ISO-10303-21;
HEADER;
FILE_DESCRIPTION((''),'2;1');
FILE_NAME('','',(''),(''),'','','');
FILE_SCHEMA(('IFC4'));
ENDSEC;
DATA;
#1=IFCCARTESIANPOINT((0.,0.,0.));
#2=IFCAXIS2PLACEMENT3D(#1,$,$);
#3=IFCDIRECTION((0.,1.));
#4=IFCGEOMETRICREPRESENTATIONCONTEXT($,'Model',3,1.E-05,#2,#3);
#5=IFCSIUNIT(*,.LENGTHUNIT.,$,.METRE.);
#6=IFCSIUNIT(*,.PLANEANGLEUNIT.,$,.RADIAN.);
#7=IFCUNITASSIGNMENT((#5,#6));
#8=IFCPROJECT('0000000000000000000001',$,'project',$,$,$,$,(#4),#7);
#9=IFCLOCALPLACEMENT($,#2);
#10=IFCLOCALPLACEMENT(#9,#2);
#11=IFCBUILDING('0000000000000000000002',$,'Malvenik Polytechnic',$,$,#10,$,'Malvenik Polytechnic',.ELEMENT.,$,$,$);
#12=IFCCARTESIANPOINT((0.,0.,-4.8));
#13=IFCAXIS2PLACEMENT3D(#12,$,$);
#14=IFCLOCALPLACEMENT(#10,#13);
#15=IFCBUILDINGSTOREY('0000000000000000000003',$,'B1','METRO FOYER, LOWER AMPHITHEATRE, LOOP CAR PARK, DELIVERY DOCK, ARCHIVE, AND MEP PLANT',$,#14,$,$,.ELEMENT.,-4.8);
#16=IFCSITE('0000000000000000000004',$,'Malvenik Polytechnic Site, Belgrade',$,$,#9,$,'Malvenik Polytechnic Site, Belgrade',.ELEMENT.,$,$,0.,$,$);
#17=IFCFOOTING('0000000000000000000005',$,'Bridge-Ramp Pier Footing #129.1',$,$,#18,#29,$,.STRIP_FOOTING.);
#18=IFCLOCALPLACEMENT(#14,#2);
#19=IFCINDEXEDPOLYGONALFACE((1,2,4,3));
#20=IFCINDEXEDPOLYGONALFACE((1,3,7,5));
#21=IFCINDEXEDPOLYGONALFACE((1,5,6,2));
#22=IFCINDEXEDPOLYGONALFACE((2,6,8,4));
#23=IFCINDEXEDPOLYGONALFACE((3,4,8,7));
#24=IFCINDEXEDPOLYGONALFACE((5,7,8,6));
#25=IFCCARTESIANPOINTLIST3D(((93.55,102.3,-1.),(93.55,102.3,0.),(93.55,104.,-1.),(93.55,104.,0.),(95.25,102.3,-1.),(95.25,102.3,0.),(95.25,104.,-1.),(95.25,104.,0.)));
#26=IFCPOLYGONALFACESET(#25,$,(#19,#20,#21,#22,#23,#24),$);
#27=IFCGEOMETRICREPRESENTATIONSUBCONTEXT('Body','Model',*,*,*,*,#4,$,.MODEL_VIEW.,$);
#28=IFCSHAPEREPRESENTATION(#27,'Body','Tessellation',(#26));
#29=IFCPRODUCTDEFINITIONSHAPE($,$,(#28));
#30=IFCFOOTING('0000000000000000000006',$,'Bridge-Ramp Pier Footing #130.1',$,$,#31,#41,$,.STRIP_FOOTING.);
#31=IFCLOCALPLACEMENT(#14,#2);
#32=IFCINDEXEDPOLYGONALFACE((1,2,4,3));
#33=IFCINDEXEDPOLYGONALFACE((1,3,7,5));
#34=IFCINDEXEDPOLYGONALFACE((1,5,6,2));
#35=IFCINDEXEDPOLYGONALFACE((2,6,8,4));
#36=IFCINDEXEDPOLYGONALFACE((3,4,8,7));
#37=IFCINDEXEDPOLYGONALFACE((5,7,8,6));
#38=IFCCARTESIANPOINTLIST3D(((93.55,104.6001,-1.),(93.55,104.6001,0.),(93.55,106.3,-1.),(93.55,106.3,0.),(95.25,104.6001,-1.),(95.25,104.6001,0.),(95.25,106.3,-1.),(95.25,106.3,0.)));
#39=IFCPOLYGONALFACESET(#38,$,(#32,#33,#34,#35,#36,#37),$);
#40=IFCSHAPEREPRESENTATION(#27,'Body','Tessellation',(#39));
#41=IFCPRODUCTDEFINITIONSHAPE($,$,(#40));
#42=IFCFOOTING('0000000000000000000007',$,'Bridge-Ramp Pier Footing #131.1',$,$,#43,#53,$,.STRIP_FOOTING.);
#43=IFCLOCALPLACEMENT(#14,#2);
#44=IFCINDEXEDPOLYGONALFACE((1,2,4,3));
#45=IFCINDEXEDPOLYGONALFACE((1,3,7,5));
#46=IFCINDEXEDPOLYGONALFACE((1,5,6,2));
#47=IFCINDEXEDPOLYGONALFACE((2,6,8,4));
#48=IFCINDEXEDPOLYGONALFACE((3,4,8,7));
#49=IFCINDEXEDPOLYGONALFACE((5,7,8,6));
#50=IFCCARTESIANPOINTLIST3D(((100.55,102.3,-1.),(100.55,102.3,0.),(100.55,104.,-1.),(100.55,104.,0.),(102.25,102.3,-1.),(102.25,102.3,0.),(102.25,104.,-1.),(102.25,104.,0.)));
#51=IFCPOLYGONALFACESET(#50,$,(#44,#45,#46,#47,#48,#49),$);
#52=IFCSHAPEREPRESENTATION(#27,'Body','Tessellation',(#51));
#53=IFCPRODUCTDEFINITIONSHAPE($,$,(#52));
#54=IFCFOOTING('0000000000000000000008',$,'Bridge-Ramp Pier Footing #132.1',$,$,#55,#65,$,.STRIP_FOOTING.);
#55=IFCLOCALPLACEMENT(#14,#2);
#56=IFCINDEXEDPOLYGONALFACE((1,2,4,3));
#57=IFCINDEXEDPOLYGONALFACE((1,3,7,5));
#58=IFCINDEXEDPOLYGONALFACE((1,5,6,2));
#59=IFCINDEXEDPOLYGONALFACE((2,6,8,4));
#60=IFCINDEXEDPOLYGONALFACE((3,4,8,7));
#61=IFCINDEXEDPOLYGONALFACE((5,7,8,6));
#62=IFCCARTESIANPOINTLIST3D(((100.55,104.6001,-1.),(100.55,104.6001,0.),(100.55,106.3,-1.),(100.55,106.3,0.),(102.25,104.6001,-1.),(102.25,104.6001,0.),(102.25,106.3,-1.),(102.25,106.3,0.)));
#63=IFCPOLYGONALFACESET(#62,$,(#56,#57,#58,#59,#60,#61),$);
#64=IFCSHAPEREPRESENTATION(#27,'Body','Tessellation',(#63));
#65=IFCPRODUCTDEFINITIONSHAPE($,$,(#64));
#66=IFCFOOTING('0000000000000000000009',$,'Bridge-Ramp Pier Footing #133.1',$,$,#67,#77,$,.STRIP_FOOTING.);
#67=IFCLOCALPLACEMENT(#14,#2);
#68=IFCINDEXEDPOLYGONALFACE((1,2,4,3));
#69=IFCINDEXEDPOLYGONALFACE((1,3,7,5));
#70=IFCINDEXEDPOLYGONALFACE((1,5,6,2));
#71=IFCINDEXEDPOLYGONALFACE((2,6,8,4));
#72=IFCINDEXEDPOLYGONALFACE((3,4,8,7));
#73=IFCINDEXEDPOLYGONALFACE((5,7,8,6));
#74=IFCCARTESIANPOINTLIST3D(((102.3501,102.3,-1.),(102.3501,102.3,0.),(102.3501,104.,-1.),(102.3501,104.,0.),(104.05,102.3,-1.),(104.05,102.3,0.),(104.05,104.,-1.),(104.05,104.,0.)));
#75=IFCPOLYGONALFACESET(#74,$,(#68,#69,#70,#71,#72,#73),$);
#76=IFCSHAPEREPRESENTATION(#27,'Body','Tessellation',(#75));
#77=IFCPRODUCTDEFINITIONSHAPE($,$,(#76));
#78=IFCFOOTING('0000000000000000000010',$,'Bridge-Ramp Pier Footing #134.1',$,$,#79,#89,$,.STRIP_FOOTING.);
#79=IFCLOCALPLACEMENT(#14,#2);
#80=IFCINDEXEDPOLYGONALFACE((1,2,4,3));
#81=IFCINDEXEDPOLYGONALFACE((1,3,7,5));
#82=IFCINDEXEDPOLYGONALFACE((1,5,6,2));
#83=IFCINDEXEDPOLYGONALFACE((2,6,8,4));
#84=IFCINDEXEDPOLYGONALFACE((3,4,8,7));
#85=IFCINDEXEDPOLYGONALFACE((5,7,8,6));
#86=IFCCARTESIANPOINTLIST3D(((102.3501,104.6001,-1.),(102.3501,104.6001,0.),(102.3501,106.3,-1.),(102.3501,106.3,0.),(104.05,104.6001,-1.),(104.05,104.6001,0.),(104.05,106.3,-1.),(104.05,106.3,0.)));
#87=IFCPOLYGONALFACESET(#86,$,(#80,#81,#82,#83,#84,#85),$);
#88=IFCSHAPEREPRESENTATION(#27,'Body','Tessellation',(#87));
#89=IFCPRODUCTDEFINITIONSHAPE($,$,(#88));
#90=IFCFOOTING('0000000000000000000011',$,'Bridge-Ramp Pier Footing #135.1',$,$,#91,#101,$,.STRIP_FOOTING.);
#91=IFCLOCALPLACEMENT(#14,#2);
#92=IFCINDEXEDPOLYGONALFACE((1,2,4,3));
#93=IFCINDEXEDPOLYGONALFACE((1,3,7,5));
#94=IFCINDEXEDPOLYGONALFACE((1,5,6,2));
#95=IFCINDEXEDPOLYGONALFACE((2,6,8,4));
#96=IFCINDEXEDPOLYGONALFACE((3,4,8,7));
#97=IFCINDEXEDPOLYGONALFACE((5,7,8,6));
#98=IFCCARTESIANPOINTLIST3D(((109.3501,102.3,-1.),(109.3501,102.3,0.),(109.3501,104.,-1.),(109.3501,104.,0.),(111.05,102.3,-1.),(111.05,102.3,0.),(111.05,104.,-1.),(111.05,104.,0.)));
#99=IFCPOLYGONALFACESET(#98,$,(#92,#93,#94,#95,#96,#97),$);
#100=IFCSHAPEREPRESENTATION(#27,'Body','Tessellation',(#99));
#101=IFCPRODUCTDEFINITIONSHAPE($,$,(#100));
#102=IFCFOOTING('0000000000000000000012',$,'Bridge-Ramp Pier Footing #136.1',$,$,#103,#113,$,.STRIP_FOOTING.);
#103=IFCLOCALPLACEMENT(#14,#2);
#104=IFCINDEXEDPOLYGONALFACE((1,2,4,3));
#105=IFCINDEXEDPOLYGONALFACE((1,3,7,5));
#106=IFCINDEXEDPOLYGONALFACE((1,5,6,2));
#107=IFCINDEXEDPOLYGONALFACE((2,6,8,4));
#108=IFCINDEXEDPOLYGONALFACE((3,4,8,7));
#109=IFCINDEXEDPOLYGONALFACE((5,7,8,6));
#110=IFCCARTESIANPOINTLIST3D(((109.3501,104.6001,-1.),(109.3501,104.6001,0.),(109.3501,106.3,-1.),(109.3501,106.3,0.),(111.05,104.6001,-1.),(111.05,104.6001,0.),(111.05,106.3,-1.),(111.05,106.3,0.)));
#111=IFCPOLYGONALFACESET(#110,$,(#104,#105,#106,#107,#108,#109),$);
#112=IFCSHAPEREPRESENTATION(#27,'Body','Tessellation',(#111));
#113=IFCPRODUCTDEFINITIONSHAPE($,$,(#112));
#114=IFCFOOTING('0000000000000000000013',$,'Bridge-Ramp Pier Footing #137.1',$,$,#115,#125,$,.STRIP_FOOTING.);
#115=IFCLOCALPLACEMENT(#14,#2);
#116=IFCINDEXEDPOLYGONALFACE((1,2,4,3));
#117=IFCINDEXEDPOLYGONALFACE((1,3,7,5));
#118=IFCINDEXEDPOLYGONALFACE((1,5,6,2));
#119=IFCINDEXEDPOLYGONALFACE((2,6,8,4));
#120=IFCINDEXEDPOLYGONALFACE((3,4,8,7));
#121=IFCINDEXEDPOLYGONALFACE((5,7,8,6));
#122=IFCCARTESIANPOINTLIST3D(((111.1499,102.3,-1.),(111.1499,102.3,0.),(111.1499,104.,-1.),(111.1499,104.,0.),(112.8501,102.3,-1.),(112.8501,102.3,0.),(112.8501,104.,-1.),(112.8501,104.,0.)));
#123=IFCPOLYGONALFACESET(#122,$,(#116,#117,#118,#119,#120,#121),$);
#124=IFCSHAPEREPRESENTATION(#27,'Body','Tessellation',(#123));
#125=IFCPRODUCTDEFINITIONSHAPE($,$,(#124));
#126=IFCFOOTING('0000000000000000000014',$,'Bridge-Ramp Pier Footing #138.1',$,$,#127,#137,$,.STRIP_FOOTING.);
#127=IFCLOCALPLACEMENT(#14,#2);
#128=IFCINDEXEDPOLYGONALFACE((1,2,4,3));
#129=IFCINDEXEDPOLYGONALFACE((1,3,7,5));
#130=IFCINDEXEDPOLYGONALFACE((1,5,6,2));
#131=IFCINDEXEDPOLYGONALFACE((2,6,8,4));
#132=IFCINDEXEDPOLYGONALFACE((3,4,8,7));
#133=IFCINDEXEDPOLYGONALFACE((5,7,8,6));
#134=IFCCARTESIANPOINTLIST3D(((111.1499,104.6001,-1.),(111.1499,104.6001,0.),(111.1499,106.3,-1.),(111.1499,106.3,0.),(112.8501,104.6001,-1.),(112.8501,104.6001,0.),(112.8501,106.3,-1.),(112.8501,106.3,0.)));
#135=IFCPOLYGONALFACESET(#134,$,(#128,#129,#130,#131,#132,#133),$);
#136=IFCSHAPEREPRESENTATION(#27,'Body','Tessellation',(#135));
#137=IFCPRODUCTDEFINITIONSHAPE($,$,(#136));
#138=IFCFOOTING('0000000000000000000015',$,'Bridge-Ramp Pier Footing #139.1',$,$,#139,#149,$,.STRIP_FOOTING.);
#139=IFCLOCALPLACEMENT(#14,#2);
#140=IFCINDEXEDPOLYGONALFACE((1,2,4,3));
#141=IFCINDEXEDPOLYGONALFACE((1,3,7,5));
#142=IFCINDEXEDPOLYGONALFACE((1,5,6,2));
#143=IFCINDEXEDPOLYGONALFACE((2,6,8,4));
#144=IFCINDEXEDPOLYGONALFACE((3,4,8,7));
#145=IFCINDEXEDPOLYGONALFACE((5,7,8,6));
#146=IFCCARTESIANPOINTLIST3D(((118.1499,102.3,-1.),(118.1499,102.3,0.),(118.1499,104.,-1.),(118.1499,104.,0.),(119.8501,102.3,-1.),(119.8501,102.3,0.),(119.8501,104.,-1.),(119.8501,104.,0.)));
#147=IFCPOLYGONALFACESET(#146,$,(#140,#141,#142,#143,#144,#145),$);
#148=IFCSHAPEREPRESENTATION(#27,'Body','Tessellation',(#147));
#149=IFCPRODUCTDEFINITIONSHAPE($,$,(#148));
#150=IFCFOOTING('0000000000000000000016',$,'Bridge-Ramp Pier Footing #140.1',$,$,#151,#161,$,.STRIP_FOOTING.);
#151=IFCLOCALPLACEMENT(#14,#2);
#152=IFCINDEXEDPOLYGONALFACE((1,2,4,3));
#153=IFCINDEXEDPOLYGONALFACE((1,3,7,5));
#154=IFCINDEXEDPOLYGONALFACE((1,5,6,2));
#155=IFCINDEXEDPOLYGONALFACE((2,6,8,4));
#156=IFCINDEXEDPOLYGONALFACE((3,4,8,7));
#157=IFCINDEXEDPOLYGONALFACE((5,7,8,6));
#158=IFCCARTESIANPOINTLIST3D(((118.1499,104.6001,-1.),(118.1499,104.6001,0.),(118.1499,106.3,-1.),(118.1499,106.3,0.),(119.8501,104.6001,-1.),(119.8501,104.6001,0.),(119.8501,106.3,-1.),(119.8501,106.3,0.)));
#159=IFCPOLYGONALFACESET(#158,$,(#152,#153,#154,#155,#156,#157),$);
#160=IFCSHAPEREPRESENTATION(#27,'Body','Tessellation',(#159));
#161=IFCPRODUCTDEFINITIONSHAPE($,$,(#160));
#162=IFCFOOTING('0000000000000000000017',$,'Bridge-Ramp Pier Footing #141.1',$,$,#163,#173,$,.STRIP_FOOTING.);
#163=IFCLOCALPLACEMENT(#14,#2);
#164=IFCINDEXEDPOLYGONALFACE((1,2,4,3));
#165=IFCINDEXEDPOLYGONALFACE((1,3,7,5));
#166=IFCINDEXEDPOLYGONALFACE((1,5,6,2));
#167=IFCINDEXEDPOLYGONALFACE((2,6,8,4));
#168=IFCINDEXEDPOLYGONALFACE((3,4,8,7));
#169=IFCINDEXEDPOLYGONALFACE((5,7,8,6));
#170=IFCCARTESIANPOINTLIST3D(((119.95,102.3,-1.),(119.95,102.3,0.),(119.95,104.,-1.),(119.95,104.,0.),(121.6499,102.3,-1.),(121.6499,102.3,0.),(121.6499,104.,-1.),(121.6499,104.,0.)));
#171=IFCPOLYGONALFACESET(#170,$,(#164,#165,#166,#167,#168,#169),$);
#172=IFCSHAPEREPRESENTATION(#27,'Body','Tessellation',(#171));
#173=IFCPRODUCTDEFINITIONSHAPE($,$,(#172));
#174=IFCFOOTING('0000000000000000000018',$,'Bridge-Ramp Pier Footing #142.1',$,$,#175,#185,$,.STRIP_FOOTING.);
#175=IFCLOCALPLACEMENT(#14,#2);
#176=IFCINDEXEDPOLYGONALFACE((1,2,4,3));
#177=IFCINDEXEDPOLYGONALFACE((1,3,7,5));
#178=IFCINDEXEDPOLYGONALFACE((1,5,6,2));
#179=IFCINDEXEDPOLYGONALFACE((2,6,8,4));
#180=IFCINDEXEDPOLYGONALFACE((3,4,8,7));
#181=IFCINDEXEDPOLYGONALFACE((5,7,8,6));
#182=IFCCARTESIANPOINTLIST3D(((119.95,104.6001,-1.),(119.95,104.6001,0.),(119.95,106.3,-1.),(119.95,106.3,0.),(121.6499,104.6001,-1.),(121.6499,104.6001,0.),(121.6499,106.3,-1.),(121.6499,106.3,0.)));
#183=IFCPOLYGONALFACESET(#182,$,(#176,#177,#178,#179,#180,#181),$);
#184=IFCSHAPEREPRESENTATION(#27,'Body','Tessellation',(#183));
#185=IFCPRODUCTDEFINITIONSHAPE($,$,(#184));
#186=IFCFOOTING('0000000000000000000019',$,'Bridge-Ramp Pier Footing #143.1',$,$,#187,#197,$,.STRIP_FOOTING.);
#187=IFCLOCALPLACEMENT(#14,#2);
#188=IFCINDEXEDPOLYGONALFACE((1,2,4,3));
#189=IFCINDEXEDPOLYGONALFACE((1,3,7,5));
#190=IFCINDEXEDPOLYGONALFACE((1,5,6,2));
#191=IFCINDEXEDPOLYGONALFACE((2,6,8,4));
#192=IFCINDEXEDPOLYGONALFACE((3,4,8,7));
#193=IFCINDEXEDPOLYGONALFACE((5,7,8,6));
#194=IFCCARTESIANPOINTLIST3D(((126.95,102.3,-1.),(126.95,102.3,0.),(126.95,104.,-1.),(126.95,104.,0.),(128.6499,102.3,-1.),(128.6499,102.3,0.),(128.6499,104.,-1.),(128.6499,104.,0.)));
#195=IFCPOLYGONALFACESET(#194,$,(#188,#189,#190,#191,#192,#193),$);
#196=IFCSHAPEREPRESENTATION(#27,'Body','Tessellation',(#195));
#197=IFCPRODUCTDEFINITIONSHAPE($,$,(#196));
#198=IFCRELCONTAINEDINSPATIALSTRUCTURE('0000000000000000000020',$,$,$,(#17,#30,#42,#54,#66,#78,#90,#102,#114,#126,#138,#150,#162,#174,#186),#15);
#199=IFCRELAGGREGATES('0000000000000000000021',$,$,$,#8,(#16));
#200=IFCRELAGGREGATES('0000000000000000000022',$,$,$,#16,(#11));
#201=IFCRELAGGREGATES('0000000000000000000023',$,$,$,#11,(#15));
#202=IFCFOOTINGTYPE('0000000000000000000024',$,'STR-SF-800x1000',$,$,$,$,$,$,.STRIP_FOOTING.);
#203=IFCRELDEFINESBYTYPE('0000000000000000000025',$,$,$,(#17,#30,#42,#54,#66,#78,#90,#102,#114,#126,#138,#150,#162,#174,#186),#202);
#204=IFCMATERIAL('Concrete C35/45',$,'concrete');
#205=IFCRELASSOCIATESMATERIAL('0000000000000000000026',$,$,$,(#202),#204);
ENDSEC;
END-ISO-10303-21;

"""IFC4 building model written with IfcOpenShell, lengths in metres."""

from ifc_helpers import new_model, si_unit, direction, frame, origin, place, context, subcontext, project, spatial, polyline, outline, extrude, material, type_object, element, save


model = new_model("IFC4")

# Units and contexts
model_context = context("Model", 3, precision=1e-05, world=origin(), true_north=direction((0.0, 1.0)))
body_context = subcontext(model_context, "Body", "Model", "MODEL_VIEW")
ifc_project = project(units=[si_unit("LENGTHUNIT", "METRE"), si_unit("PLANEANGLEUNIT", "RADIAN")], contexts=[model_context])

# Site, building, storey
site_placement = place(None, origin())
site = spatial("IfcSite", under=ifc_project, at=site_placement, Name="Malvenik Polytechnic Site, Belgrade", LongName="Malvenik Polytechnic Site, Belgrade", CompositionType="ELEMENT", RefElevation=0.0)
building_placement = place(site_placement, origin())
building = spatial("IfcBuilding", under=site, at=building_placement, Name="Malvenik Polytechnic", LongName="Malvenik Polytechnic", CompositionType="ELEMENT")
storey_placement = place(building_placement, frame((0.0, 0.0, -4.8)))
storey = spatial("IfcBuildingStorey", under=building, at=storey_placement, Name="B1", Description="METRO FOYER, LOWER AMPHITHEATRE, LOOP CAR PARK, DELIVERY DOCK, ARCHIVE, AND MEP PLANT", CompositionType="ELEMENT", Elevation=-4.8)

# Footings
ifc_material = material(Name="Concrete C35/45", Category="concrete")
footing_type = type_object("IfcFootingType", Name="STR-SF-800x1000", PredefinedType="STRIP_FOOTING", material=ifc_material)
footing_1_placement = place(storey_placement, frame((0.0, 0.0, -1.0)))
element("IfcFooting", 1, at=footing_1_placement, inside=storey, type_object=footing_type, Name="Bridge-Ramp Pier Footing #129.1", PredefinedType="STRIP_FOOTING", context=body_context, shape_type="SweptSolid", body=[
    extrude(outline(polyline([(93.55, 102.3), (93.55, 104.0), (95.25, 104.0), (95.25, 102.3), (93.55, 102.3)])), origin(), (0.0, 0.0, 1.0), 1.0),
])
footing_2_placement = place(storey_placement, frame((0.0, 0.0, -1.0)))
element("IfcFooting", 2, at=footing_2_placement, inside=storey, type_object=footing_type, Name="Bridge-Ramp Pier Footing #130.1", PredefinedType="STRIP_FOOTING", context=body_context, shape_type="SweptSolid", body=[
    extrude(outline(polyline([(93.55, 104.6001), (93.55, 106.3), (95.25, 106.3), (95.25, 104.6001), (93.55, 104.6001)])), origin(), (0.0, 0.0, 1.0), 1.0),
])
footing_3_placement = place(storey_placement, frame((0.0, 0.0, -1.0)))
element("IfcFooting", 3, at=footing_3_placement, inside=storey, type_object=footing_type, Name="Bridge-Ramp Pier Footing #131.1", PredefinedType="STRIP_FOOTING", context=body_context, shape_type="SweptSolid", body=[
    extrude(outline(polyline([(100.55, 102.3), (100.55, 104.0), (102.25, 104.0), (102.25, 102.3), (100.55, 102.3)])), origin(), (0.0, 0.0, 1.0), 1.0),
])
footing_4_placement = place(storey_placement, frame((0.0, 0.0, -1.0)))
element("IfcFooting", 4, at=footing_4_placement, inside=storey, type_object=footing_type, Name="Bridge-Ramp Pier Footing #132.1", PredefinedType="STRIP_FOOTING", context=body_context, shape_type="SweptSolid", body=[
    extrude(outline(polyline([(100.55, 104.6001), (100.55, 106.3), (102.25, 106.3), (102.25, 104.6001), (100.55, 104.6001)])), origin(), (0.0, 0.0, 1.0), 1.0),
])
footing_5_placement = place(storey_placement, frame((0.0, 0.0, -1.0)))
element("IfcFooting", 5, at=footing_5_placement, inside=storey, type_object=footing_type, Name="Bridge-Ramp Pier Footing #133.1", PredefinedType="STRIP_FOOTING", context=body_context, shape_type="SweptSolid", body=[
    extrude(outline(polyline([(102.3501, 102.3), (102.3501, 104.0), (104.05, 104.0), (104.05, 102.3), (102.3501, 102.3)])), origin(), (0.0, 0.0, 1.0), 1.0),
])
footing_6_placement = place(storey_placement, frame((0.0, 0.0, -1.0)))
element("IfcFooting", 6, at=footing_6_placement, inside=storey, type_object=footing_type, Name="Bridge-Ramp Pier Footing #134.1", PredefinedType="STRIP_FOOTING", context=body_context, shape_type="SweptSolid", body=[
    extrude(outline(polyline([(102.3501, 104.6001), (102.3501, 106.3), (104.05, 106.3), (104.05, 104.6001), (102.3501, 104.6001)])), origin(), (0.0, 0.0, 1.0), 1.0),
])
footing_7_placement = place(storey_placement, frame((0.0, 0.0, -1.0)))
element("IfcFooting", 7, at=footing_7_placement, inside=storey, type_object=footing_type, Name="Bridge-Ramp Pier Footing #135.1", PredefinedType="STRIP_FOOTING", context=body_context, shape_type="SweptSolid", body=[
    extrude(outline(polyline([(109.3501, 102.3), (109.3501, 104.0), (111.05, 104.0), (111.05, 102.3), (109.3501, 102.3)])), origin(), (0.0, 0.0, 1.0), 1.0),
])
footing_8_placement = place(storey_placement, frame((0.0, 0.0, -1.0)))
element("IfcFooting", 8, at=footing_8_placement, inside=storey, type_object=footing_type, Name="Bridge-Ramp Pier Footing #136.1", PredefinedType="STRIP_FOOTING", context=body_context, shape_type="SweptSolid", body=[
    extrude(outline(polyline([(109.3501, 104.6001), (109.3501, 106.3), (111.05, 106.3), (111.05, 104.6001), (109.3501, 104.6001)])), origin(), (0.0, 0.0, 1.0), 1.0),
])
footing_9_placement = place(storey_placement, frame((0.0, 0.0, -1.0)))
element("IfcFooting", 9, at=footing_9_placement, inside=storey, type_object=footing_type, Name="Bridge-Ramp Pier Footing #137.1", PredefinedType="STRIP_FOOTING", context=body_context, shape_type="SweptSolid", body=[
    extrude(outline(polyline([(111.1499, 102.3), (111.1499, 104.0), (112.8501, 104.0), (112.8501, 102.3), (111.1499, 102.3)])), origin(), (0.0, 0.0, 1.0), 1.0),
])
footing_10_placement = place(storey_placement, frame((0.0, 0.0, -1.0)))
element("IfcFooting", 10, at=footing_10_placement, inside=storey, type_object=footing_type, Name="Bridge-Ramp Pier Footing #138.1", PredefinedType="STRIP_FOOTING", context=body_context, shape_type="SweptSolid", body=[
    extrude(outline(polyline([(111.1499, 104.6001), (111.1499, 106.3), (112.8501, 106.3), (112.8501, 104.6001), (111.1499, 104.6001)])), origin(), (0.0, 0.0, 1.0), 1.0),
])
footing_11_placement = place(storey_placement, frame((0.0, 0.0, -1.0)))
element("IfcFooting", 11, at=footing_11_placement, inside=storey, type_object=footing_type, Name="Bridge-Ramp Pier Footing #139.1", PredefinedType="STRIP_FOOTING", context=body_context, shape_type="SweptSolid", body=[
    extrude(outline(polyline([(118.1499, 102.3), (118.1499, 104.0), (119.8501, 104.0), (119.8501, 102.3), (118.1499, 102.3)])), origin(), (0.0, 0.0, 1.0), 1.0),
])
footing_12_placement = place(storey_placement, frame((0.0, 0.0, -1.0)))
element("IfcFooting", 12, at=footing_12_placement, inside=storey, type_object=footing_type, Name="Bridge-Ramp Pier Footing #140.1", PredefinedType="STRIP_FOOTING", context=body_context, shape_type="SweptSolid", body=[
    extrude(outline(polyline([(118.1499, 104.6001), (118.1499, 106.3), (119.8501, 106.3), (119.8501, 104.6001), (118.1499, 104.6001)])), origin(), (0.0, 0.0, 1.0), 1.0),
])
footing_13_placement = place(storey_placement, frame((0.0, 0.0, -1.0)))
element("IfcFooting", 13, at=footing_13_placement, inside=storey, type_object=footing_type, Name="Bridge-Ramp Pier Footing #141.1", PredefinedType="STRIP_FOOTING", context=body_context, shape_type="SweptSolid", body=[
    extrude(outline(polyline([(119.95, 102.3), (119.95, 104.0), (121.6499, 104.0), (121.6499, 102.3), (119.95, 102.3)])), origin(), (0.0, 0.0, 1.0), 1.0),
])
footing_14_placement = place(storey_placement, frame((0.0, 0.0, -1.0)))
element("IfcFooting", 14, at=footing_14_placement, inside=storey, type_object=footing_type, Name="Bridge-Ramp Pier Footing #142.1", PredefinedType="STRIP_FOOTING", context=body_context, shape_type="SweptSolid", body=[
    extrude(outline(polyline([(119.95, 104.6001), (119.95, 106.3), (121.6499, 106.3), (121.6499, 104.6001), (119.95, 104.6001)])), origin(), (0.0, 0.0, 1.0), 1.0),
])
footing_15_placement = place(storey_placement, frame((0.0, 0.0, -1.0)))
element("IfcFooting", 15, at=footing_15_placement, inside=storey, type_object=footing_type, Name="Bridge-Ramp Pier Footing #143.1", PredefinedType="STRIP_FOOTING", context=body_context, shape_type="SweptSolid", body=[
    extrude(outline(polyline([(126.95, 102.3), (126.95, 104.0), (128.6499, 104.0), (128.6499, 102.3), (126.95, 102.3)])), origin(), (0.0, 0.0, 1.0), 1.0),
])

save(model, "model.ifc")
